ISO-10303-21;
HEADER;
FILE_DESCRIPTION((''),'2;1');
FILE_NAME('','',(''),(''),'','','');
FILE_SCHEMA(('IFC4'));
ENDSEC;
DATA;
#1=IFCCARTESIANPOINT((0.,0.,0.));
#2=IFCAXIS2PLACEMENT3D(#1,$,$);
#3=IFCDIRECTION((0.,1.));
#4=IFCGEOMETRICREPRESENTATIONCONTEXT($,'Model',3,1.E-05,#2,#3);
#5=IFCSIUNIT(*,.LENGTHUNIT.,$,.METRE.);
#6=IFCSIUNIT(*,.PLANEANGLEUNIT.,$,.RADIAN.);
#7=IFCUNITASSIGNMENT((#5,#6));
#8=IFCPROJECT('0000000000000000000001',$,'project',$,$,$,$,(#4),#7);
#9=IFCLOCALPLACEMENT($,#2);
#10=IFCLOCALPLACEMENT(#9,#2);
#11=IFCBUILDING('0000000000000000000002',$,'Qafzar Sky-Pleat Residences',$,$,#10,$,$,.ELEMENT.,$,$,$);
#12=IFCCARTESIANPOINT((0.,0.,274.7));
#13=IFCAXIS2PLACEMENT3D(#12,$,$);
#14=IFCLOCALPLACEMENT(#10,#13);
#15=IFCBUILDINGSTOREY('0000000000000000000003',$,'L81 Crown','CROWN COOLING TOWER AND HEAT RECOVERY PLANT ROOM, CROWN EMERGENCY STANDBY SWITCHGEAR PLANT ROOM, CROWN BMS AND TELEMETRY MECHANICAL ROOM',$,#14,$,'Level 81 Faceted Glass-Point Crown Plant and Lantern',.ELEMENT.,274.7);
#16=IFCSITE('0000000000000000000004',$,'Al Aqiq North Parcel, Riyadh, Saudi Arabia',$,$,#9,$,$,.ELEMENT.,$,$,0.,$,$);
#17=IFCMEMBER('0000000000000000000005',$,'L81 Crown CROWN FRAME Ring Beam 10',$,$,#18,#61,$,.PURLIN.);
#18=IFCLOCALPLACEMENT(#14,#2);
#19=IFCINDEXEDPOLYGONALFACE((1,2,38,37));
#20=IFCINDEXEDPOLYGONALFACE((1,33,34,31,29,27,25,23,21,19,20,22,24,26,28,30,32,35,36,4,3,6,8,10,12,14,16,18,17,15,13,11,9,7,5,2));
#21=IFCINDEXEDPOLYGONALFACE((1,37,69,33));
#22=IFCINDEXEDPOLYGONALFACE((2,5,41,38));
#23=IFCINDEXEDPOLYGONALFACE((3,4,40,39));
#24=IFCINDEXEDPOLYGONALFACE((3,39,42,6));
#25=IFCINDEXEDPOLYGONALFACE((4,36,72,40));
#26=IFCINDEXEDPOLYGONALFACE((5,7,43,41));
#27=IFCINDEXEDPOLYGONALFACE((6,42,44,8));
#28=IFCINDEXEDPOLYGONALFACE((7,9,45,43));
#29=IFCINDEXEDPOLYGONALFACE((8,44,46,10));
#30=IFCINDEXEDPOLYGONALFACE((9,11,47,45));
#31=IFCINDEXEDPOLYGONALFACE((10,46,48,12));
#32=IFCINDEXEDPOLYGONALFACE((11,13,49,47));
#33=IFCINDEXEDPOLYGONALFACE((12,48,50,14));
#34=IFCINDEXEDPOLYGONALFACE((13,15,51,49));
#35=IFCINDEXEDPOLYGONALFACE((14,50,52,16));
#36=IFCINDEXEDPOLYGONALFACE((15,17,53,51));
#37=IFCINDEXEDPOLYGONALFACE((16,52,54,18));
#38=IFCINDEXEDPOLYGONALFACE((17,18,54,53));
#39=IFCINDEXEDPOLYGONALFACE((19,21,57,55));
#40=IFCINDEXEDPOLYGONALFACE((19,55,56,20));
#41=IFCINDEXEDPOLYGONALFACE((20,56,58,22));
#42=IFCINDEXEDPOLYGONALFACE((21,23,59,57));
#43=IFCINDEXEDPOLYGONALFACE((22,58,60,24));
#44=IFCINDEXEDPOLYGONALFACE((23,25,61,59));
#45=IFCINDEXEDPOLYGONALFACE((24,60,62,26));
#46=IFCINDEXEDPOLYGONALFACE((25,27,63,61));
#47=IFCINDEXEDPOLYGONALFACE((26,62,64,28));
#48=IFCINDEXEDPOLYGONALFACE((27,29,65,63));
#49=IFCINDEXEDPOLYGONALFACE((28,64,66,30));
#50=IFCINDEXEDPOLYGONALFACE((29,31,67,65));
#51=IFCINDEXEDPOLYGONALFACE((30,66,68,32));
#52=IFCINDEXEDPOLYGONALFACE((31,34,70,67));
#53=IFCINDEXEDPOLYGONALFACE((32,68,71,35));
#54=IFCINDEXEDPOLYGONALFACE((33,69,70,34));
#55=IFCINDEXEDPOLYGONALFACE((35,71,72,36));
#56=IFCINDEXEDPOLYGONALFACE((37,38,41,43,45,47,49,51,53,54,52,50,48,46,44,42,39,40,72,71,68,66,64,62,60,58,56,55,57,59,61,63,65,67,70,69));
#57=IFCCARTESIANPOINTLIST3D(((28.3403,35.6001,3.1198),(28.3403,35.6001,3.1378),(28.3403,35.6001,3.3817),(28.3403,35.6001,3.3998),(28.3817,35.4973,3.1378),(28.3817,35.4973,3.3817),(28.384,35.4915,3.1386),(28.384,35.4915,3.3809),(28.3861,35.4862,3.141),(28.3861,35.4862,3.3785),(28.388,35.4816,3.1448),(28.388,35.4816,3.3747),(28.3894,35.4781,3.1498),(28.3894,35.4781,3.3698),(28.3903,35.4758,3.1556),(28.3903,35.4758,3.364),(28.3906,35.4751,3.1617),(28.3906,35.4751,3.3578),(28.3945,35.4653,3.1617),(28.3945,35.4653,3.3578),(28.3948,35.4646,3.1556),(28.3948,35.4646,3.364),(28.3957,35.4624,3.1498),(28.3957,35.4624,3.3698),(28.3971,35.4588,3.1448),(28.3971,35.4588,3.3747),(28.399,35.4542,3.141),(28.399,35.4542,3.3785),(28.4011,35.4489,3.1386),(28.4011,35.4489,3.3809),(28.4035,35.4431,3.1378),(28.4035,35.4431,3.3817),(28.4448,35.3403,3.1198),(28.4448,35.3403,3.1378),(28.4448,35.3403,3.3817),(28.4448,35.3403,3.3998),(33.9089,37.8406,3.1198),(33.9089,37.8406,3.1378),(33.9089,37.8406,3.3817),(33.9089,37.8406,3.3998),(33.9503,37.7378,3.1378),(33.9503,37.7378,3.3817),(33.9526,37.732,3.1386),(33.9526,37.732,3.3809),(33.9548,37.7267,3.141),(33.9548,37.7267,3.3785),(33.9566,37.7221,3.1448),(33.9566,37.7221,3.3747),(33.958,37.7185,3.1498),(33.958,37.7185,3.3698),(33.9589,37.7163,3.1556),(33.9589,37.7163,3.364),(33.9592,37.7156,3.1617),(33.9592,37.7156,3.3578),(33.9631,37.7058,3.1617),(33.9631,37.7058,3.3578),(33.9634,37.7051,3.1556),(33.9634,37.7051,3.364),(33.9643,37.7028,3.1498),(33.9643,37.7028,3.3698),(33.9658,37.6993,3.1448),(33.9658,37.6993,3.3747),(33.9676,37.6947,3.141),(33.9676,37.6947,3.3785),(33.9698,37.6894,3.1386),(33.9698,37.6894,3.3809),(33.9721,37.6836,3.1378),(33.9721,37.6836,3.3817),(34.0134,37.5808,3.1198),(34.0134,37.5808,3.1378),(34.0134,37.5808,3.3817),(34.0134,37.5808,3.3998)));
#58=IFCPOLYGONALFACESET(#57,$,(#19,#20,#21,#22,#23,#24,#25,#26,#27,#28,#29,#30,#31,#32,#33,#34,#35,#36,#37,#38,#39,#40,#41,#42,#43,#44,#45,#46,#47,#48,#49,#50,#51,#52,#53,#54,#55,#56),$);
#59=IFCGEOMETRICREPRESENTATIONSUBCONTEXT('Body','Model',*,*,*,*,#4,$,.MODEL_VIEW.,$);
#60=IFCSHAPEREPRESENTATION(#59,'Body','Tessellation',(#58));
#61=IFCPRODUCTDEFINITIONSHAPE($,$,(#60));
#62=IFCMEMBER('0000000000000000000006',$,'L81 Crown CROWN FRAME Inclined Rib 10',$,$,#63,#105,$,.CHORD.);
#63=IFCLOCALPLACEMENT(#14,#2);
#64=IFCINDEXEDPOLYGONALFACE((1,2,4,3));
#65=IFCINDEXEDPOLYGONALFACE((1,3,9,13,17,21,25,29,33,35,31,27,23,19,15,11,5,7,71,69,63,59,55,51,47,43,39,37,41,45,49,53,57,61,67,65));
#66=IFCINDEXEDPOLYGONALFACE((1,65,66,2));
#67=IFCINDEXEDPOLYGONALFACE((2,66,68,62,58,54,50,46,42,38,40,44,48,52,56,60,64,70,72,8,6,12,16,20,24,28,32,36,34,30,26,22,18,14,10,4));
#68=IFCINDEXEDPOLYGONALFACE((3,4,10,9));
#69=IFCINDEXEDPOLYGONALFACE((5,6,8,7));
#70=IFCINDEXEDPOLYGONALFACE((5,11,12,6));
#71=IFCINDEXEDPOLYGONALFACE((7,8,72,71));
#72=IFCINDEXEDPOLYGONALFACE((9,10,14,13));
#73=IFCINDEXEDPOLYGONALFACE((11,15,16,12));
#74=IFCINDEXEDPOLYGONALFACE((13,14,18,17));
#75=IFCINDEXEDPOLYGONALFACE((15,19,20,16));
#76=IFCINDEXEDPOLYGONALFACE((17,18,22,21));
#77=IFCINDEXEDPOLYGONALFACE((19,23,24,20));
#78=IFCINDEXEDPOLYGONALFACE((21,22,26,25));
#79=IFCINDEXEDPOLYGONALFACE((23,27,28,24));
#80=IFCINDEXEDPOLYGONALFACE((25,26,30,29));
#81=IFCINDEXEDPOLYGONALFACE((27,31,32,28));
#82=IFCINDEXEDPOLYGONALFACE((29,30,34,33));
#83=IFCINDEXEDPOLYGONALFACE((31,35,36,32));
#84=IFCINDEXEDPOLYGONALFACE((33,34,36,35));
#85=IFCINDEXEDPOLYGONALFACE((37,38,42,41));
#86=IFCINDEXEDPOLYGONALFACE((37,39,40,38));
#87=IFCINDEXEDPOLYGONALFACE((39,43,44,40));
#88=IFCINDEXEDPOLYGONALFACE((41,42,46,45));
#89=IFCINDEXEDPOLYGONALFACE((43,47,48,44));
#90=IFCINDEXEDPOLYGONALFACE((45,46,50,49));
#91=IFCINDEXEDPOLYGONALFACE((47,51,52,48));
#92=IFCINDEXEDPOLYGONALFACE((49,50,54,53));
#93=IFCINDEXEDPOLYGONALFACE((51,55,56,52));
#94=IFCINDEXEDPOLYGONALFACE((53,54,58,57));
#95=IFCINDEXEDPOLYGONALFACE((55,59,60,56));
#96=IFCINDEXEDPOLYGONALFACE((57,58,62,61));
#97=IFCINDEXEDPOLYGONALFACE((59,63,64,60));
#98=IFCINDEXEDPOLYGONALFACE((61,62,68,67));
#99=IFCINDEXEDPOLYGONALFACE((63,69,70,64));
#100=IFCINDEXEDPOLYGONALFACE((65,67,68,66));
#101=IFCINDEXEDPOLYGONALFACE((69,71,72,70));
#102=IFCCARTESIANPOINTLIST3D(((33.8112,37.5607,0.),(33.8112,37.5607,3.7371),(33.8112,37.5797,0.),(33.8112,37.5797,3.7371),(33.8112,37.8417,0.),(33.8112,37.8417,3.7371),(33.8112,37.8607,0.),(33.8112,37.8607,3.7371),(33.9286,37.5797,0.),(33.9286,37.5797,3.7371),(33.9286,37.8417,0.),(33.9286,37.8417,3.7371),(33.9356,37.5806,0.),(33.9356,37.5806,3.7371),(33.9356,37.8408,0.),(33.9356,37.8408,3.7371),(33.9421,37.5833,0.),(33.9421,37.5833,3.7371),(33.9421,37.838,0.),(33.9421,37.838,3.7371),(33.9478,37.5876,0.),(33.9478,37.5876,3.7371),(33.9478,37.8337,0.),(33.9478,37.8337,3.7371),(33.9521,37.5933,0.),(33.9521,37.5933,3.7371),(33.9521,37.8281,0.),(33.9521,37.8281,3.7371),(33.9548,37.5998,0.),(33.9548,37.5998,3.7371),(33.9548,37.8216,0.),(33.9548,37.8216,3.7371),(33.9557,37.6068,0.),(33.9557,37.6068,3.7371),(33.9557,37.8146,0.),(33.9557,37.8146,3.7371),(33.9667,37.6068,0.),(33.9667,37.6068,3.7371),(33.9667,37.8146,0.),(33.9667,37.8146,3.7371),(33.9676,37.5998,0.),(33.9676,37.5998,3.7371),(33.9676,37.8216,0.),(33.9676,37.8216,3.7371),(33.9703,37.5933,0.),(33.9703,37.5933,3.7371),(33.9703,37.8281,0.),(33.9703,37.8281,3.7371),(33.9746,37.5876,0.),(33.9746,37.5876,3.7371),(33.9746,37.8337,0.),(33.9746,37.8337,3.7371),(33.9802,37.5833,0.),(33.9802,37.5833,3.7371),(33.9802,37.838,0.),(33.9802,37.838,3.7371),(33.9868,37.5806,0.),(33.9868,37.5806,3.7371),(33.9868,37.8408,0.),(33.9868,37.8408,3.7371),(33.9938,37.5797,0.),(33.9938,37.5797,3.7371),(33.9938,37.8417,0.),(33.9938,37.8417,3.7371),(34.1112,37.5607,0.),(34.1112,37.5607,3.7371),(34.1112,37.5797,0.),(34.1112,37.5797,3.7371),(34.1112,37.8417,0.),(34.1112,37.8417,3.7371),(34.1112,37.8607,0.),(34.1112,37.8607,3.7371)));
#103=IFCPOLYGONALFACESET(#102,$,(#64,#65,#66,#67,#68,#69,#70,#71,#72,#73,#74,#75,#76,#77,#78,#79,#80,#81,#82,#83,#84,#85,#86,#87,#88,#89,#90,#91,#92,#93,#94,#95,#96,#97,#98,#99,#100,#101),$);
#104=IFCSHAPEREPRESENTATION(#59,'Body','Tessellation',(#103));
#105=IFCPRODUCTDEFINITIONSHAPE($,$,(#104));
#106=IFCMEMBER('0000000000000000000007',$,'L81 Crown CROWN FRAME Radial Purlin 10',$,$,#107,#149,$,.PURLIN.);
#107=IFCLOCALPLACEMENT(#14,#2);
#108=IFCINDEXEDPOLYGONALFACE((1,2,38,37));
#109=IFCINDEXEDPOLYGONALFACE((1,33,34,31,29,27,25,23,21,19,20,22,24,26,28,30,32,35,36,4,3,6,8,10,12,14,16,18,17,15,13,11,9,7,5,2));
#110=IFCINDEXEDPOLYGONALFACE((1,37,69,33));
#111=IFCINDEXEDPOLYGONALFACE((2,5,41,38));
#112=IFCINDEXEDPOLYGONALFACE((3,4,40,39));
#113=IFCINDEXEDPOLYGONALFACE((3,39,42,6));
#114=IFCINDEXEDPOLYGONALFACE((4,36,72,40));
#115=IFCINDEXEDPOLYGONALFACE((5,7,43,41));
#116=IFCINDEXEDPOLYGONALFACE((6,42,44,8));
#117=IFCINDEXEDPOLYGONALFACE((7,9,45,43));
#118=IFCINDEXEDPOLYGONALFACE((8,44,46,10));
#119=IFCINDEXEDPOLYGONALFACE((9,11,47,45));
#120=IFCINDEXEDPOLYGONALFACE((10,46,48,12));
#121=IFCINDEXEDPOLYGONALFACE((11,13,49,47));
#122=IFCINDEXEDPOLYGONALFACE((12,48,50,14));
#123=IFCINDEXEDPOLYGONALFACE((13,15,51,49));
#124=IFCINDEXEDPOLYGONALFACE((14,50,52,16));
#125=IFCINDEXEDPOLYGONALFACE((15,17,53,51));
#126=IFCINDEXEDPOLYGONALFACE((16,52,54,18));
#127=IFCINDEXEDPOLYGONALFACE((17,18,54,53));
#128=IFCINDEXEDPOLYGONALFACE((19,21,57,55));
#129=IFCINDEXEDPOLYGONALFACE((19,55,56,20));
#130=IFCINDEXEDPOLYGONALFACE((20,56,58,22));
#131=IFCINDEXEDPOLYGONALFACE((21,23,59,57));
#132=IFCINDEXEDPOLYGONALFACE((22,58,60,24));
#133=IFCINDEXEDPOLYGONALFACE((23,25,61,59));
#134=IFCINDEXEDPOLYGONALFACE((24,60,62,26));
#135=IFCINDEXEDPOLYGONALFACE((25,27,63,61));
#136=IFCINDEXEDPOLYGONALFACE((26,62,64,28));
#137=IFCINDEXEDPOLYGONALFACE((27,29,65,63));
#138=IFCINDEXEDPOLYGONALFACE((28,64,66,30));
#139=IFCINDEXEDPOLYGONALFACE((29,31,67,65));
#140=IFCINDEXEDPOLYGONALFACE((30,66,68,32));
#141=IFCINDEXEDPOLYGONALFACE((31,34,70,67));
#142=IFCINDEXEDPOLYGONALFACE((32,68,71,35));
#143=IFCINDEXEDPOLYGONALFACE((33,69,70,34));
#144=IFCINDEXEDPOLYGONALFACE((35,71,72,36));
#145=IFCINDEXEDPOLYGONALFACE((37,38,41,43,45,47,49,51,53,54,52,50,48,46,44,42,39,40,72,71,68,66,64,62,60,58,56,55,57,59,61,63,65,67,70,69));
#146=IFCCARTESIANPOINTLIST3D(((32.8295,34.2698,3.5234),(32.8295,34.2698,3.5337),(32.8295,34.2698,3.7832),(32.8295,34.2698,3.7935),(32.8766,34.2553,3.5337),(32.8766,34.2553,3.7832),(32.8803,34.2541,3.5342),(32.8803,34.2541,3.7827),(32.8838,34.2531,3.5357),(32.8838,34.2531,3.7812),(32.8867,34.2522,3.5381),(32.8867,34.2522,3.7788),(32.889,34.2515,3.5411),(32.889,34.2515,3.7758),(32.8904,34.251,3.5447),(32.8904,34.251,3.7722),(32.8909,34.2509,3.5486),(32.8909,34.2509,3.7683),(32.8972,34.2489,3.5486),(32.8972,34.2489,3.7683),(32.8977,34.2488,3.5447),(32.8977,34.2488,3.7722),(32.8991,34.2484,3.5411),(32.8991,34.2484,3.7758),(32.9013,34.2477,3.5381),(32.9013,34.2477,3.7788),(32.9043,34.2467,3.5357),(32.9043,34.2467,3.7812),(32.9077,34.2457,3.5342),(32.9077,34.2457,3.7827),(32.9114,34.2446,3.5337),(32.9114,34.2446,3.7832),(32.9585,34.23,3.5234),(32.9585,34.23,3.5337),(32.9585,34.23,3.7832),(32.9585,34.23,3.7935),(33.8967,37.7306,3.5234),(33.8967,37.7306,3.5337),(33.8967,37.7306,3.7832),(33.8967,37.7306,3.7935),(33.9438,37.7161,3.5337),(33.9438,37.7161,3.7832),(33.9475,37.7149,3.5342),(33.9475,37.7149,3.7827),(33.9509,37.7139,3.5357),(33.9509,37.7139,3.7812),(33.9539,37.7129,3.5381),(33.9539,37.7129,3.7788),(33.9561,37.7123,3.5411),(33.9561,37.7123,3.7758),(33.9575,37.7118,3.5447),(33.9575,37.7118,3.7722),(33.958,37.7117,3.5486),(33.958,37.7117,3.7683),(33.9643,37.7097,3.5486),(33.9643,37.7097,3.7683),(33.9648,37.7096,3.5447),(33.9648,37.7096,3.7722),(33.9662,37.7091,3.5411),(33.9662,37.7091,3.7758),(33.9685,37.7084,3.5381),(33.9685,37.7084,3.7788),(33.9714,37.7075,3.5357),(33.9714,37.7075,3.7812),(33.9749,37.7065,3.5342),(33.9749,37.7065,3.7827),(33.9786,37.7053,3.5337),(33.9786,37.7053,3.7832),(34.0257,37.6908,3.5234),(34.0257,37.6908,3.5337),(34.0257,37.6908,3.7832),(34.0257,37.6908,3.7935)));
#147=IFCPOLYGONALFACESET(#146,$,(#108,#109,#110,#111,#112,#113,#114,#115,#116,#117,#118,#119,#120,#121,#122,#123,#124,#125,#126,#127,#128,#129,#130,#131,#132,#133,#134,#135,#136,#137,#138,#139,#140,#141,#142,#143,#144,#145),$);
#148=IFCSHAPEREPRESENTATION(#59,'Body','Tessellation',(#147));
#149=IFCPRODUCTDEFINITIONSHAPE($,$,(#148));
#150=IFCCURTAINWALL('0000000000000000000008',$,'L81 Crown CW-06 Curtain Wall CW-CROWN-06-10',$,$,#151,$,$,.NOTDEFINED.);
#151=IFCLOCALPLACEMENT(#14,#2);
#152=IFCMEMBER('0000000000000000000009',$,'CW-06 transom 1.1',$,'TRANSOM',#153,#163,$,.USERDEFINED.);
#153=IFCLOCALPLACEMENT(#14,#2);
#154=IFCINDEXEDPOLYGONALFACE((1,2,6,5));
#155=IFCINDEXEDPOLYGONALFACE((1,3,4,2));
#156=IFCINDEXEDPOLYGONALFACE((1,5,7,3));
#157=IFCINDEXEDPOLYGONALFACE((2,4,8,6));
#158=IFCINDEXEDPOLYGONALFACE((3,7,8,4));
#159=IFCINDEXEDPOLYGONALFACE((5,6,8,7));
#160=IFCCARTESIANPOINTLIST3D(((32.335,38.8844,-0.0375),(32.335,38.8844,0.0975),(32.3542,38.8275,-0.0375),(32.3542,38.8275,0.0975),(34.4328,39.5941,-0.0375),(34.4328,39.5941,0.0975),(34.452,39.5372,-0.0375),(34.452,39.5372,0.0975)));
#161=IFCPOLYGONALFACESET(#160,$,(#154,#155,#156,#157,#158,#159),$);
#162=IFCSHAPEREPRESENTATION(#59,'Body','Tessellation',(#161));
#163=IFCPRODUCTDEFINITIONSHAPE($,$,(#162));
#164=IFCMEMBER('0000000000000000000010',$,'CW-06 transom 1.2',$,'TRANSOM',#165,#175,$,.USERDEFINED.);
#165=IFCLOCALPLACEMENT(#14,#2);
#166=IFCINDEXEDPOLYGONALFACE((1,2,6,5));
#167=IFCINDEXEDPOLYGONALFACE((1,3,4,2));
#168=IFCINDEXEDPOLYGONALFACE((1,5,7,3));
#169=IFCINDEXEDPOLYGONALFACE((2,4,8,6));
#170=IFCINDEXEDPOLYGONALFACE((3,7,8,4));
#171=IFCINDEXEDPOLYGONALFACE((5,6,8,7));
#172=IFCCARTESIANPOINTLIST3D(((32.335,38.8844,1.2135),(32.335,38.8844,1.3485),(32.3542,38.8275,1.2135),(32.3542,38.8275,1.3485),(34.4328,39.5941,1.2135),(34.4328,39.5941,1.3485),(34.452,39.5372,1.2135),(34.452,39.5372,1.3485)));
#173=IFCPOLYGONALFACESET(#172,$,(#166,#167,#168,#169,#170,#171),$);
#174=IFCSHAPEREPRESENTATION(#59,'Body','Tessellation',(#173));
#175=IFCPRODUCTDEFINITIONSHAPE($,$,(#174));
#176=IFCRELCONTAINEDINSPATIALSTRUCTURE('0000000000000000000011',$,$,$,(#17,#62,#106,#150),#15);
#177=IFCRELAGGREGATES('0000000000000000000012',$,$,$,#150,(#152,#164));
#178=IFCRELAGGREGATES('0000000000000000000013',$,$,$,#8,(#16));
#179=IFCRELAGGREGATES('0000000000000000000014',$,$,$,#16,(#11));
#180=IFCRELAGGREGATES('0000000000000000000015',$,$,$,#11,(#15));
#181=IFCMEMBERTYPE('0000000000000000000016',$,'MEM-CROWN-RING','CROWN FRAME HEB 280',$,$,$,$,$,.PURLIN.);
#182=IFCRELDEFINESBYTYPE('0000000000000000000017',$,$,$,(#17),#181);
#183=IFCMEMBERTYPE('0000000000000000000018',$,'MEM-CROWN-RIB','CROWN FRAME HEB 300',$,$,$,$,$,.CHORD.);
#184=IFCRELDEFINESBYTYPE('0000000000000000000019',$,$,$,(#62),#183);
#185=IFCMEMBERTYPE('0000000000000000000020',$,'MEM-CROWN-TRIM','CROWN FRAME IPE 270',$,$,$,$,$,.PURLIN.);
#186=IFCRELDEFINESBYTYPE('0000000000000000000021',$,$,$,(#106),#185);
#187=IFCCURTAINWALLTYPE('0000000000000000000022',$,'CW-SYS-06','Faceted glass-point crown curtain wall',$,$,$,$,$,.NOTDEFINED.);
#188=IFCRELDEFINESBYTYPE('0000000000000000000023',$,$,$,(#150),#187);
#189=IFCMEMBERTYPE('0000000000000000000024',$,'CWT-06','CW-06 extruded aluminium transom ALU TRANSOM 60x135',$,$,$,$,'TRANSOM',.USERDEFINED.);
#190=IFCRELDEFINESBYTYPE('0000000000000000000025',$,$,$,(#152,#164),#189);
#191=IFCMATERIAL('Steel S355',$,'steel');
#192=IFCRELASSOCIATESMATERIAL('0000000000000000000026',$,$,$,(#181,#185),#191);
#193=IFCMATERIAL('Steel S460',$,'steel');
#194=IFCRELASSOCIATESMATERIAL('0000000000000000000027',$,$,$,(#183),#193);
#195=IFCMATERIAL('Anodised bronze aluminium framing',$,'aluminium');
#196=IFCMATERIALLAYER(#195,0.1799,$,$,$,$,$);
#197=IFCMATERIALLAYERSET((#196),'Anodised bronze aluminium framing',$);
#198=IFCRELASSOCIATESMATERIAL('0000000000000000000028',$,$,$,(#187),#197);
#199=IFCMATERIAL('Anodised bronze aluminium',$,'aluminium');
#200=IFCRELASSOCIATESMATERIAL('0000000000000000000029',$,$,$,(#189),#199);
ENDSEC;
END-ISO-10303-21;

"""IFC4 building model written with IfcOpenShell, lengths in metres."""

from ifc_helpers import new_model, si_unit, direction, frame, origin, origin_2d, place, context, subcontext, project, spatial, rectangle, i_section, extrude, source, transform, mapped, material, layer, layer_set, material_profile, profile_set, type_object, element, aggregate, save


model = new_model("IFC4")

# Units and contexts
model_context = context("Model", 3, precision=1e-05, world=origin(), true_north=direction((0.0, 1.0)))
body_context = subcontext(model_context, "Body", "Model", "MODEL_VIEW")
ifc_project = project(units=[si_unit("LENGTHUNIT", "METRE"), si_unit("PLANEANGLEUNIT", "RADIAN")], contexts=[model_context])

# Site, building, storey
site_placement = place(None, origin())
site = spatial("IfcSite", under=ifc_project, at=site_placement, Name="Al Aqiq North Parcel, Riyadh, Saudi Arabia", CompositionType="ELEMENT", RefElevation=0.0)
building_placement = place(site_placement, origin())
building = spatial("IfcBuilding", under=site, at=building_placement, Name="Qafzar Sky-Pleat Residences", CompositionType="ELEMENT")
storey_placement = place(building_placement, frame((0.0, 0.0, 274.7)))
storey = spatial("IfcBuildingStorey", under=building, at=storey_placement, Name="L81 Crown", Description="CROWN COOLING TOWER AND HEAT RECOVERY PLANT ROOM, CROWN EMERGENCY STANDBY SWITCHGEAR PLANT ROOM, CROWN BMS AND TELEMETRY MECHANICAL ROOM", LongName="Level 81 Faceted Glass-Point Crown Plant and Lantern", CompositionType="ELEMENT", Elevation=274.7)

# Members
ifc_material_1 = material(Name="Steel S355", Category="steel")
ifc_material_profile_1 = material_profile(ifc_material_1, i_section(OverallWidth=0.28, OverallDepth=0.28, WebThickness=0.0105, FlangeThickness=0.0181, FilletRadius=0.0239, at=origin_2d()), Name="HEB 280")
ifc_profile_set_1 = profile_set([ifc_material_profile_1], Name="Steel S355")
member_type_1 = type_object("IfcMemberType", Name="MEM-CROWN-RING", Description="CROWN FRAME HEB 280", PredefinedType="PURLIN", material=ifc_profile_set_1)
shared_shape_1 = source(origin(), body_context, "Body", "SweptSolid", [
    extrude(i_section(OverallWidth=0.28, OverallDepth=0.28, WebThickness=0.0105, FlangeThickness=0.0181, FilletRadius=0.0239, at=origin_2d()), origin(), (0.0, 0.0, 1.0), 6.0024),
])
member_1_placement = place(storey_placement, frame((33.9612, 37.7107, 3.2598), z_axis=(-0.927726, -0.373262, 0.0), x_axis=(0.373262, -0.927726, 0.0)))
element("IfcMember", 1, at=member_1_placement, inside=storey, type_object=member_type_1, Name="L81 Crown CROWN FRAME Ring Beam 10", PredefinedType="PURLIN", context=body_context, shape_type="MappedRepresentation", body=[
    mapped(shared_shape_1, transform((0.0, 0.0, 0.0), x_axis=(1.0, 0.0, 0.0), y_axis=(0.0, 1.0, 0.0), z_axis=(0.0, 0.0, 1.0), scale=1.0)),
])
ifc_material_2 = material(Name="Steel S460", Category="steel")
ifc_material_profile_2 = material_profile(ifc_material_2, i_section(OverallWidth=0.3, OverallDepth=0.3, WebThickness=0.011, FlangeThickness=0.019, FilletRadius=0.0271, at=origin_2d()), Name="HEB 300")
ifc_profile_set_2 = profile_set([ifc_material_profile_2], Name="Steel S460")
member_type_2 = type_object("IfcMemberType", Name="MEM-CROWN-RIB", Description="CROWN FRAME HEB 300", PredefinedType="CHORD", material=ifc_profile_set_2)
shared_shape_2 = source(origin(), body_context, "Body", "SweptSolid", [
    extrude(i_section(OverallWidth=0.3, OverallDepth=0.3, WebThickness=0.011, FlangeThickness=0.019, FilletRadius=0.0271, at=origin_2d()), origin(), (0.0, 0.0, 1.0), 3.7371),
])
member_2_placement = place(storey_placement, frame((33.9612, 37.7107, 0.0), z_axis=(0.0, 0.0, 1.0), x_axis=(1.0, 0.0, 0.0)))
element("IfcMember", 2, at=member_2_placement, inside=storey, type_object=member_type_2, Name="L81 Crown CROWN FRAME Inclined Rib 10", PredefinedType="CHORD", context=body_context, shape_type="MappedRepresentation", body=[
    mapped(shared_shape_2, transform((0.0, 0.0, 0.0), x_axis=(1.0, 0.0, 0.0), y_axis=(0.0, 1.0, 0.0), z_axis=(0.0, 0.0, 1.0), scale=1.0)),
])
ifc_material_profile_3 = material_profile(ifc_material_1, i_section(OverallWidth=0.135, OverallDepth=0.27, WebThickness=0.0066, FlangeThickness=0.0103, FilletRadius=0.0149, at=origin_2d()), Name="IPE 270")
ifc_profile_set_3 = profile_set([ifc_material_profile_3], Name="Steel S355")
member_type_3 = type_object("IfcMemberType", Name="MEM-CROWN-TRIM", Description="CROWN FRAME IPE 270", PredefinedType="PURLIN", material=ifc_profile_set_3)
shared_shape_3 = source(origin(), body_context, "Body", "SweptSolid", [
    extrude(i_section(OverallWidth=0.135, OverallDepth=0.27, WebThickness=0.0066, FlangeThickness=0.0103, FilletRadius=0.0149, at=origin_2d()), origin(), (0.0, 0.0, 1.0), 3.6216),
])
member_3_placement = place(storey_placement, frame((33.9612, 37.7107, 3.6584), z_axis=(-0.294668, -0.9556, 0.0), x_axis=(0.9556, -0.294668, 0.0)))
element("IfcMember", 3, at=member_3_placement, inside=storey, type_object=member_type_3, Name="L81 Crown CROWN FRAME Radial Purlin 10", PredefinedType="PURLIN", context=body_context, shape_type="MappedRepresentation", body=[
    mapped(shared_shape_3, transform((0.0, 0.0, 0.0), x_axis=(1.0, 0.0, 0.0), y_axis=(0.0, 1.0, 0.0), z_axis=(0.0, 0.0, 1.0), scale=1.0)),
])

# Curtain wall, members
ifc_material_3 = material(Name="Anodised bronze aluminium framing", Category="aluminium")
ifc_layer_1 = layer(ifc_material_3, 0.1799)
ifc_layer_set_1 = layer_set([ifc_layer_1], Name="Anodised bronze aluminium framing")
curtain_wall_type = type_object("IfcCurtainWallType", Name="CW-SYS-06", Description="Faceted glass-point crown curtain wall", PredefinedType="NOTDEFINED", material=ifc_layer_set_1)
curtain_wall_1_placement = place(storey_placement, origin())
curtain_wall_1 = element("IfcCurtainWall", 4, at=curtain_wall_1_placement, inside=storey, type_object=curtain_wall_type, Name="L81 Crown CW-06 Curtain Wall CW-CROWN-06-10", PredefinedType="NOTDEFINED")
ifc_material_4 = material(Name="Anodised bronze aluminium", Category="aluminium")
ifc_material_profile_4 = material_profile(ifc_material_4, rectangle(XDim=0.0601, YDim=0.135, at=origin_2d()), Name="ALU TRANSOM 60x135")
ifc_profile_set_4 = profile_set([ifc_material_profile_4], Name="Anodised bronze aluminium")
member_type_4 = type_object("IfcMemberType", Name="CWT-06", Description="CW-06 extruded aluminium transom ALU TRANSOM 60x135", ElementType="TRANSOM", PredefinedType="USERDEFINED", material=ifc_profile_set_4)
shared_shape_4 = source(origin(), body_context, "Body", "SweptSolid", [
    extrude(rectangle(XDim=0.0601, YDim=0.135, at=origin_2d()), origin(), (0.0, 0.0, 1.0), 2.2146),
])
member_4_placement = place(storey_placement, frame((34.4424, 39.5657, 0.03), z_axis=(-0.947263, -0.320458, 0.0), x_axis=(0.320458, -0.947263, 0.0)))
member_4 = element("IfcMember", 5, at=member_4_placement, type_object=member_type_4, Name="CW-06 transom 1.1", ObjectType="TRANSOM", PredefinedType="USERDEFINED", context=body_context, shape_type="MappedRepresentation", body=[
    mapped(shared_shape_4, transform((0.0, 0.0, 0.0), x_axis=(1.0, 0.0, 0.0), y_axis=(0.0, 1.0, 0.0), z_axis=(0.0, 0.0, 1.0), scale=1.0)),
])
member_5_placement = place(storey_placement, frame((34.4424, 39.5657, 1.281), z_axis=(-0.947263, -0.320458, 0.0), x_axis=(0.320458, -0.947263, 0.0)))
member_5 = element("IfcMember", 6, at=member_5_placement, type_object=member_type_4, Name="CW-06 transom 1.2", ObjectType="TRANSOM", PredefinedType="USERDEFINED", context=body_context, shape_type="MappedRepresentation", body=[
    mapped(shared_shape_4, transform((0.0, 0.0, 0.0), x_axis=(1.0, 0.0, 0.0), y_axis=(0.0, 1.0, 0.0), z_axis=(0.0, 0.0, 1.0), scale=1.0)),
])

aggregate(curtain_wall_1, [member_4, member_5])

save(model, "model.ifc")
